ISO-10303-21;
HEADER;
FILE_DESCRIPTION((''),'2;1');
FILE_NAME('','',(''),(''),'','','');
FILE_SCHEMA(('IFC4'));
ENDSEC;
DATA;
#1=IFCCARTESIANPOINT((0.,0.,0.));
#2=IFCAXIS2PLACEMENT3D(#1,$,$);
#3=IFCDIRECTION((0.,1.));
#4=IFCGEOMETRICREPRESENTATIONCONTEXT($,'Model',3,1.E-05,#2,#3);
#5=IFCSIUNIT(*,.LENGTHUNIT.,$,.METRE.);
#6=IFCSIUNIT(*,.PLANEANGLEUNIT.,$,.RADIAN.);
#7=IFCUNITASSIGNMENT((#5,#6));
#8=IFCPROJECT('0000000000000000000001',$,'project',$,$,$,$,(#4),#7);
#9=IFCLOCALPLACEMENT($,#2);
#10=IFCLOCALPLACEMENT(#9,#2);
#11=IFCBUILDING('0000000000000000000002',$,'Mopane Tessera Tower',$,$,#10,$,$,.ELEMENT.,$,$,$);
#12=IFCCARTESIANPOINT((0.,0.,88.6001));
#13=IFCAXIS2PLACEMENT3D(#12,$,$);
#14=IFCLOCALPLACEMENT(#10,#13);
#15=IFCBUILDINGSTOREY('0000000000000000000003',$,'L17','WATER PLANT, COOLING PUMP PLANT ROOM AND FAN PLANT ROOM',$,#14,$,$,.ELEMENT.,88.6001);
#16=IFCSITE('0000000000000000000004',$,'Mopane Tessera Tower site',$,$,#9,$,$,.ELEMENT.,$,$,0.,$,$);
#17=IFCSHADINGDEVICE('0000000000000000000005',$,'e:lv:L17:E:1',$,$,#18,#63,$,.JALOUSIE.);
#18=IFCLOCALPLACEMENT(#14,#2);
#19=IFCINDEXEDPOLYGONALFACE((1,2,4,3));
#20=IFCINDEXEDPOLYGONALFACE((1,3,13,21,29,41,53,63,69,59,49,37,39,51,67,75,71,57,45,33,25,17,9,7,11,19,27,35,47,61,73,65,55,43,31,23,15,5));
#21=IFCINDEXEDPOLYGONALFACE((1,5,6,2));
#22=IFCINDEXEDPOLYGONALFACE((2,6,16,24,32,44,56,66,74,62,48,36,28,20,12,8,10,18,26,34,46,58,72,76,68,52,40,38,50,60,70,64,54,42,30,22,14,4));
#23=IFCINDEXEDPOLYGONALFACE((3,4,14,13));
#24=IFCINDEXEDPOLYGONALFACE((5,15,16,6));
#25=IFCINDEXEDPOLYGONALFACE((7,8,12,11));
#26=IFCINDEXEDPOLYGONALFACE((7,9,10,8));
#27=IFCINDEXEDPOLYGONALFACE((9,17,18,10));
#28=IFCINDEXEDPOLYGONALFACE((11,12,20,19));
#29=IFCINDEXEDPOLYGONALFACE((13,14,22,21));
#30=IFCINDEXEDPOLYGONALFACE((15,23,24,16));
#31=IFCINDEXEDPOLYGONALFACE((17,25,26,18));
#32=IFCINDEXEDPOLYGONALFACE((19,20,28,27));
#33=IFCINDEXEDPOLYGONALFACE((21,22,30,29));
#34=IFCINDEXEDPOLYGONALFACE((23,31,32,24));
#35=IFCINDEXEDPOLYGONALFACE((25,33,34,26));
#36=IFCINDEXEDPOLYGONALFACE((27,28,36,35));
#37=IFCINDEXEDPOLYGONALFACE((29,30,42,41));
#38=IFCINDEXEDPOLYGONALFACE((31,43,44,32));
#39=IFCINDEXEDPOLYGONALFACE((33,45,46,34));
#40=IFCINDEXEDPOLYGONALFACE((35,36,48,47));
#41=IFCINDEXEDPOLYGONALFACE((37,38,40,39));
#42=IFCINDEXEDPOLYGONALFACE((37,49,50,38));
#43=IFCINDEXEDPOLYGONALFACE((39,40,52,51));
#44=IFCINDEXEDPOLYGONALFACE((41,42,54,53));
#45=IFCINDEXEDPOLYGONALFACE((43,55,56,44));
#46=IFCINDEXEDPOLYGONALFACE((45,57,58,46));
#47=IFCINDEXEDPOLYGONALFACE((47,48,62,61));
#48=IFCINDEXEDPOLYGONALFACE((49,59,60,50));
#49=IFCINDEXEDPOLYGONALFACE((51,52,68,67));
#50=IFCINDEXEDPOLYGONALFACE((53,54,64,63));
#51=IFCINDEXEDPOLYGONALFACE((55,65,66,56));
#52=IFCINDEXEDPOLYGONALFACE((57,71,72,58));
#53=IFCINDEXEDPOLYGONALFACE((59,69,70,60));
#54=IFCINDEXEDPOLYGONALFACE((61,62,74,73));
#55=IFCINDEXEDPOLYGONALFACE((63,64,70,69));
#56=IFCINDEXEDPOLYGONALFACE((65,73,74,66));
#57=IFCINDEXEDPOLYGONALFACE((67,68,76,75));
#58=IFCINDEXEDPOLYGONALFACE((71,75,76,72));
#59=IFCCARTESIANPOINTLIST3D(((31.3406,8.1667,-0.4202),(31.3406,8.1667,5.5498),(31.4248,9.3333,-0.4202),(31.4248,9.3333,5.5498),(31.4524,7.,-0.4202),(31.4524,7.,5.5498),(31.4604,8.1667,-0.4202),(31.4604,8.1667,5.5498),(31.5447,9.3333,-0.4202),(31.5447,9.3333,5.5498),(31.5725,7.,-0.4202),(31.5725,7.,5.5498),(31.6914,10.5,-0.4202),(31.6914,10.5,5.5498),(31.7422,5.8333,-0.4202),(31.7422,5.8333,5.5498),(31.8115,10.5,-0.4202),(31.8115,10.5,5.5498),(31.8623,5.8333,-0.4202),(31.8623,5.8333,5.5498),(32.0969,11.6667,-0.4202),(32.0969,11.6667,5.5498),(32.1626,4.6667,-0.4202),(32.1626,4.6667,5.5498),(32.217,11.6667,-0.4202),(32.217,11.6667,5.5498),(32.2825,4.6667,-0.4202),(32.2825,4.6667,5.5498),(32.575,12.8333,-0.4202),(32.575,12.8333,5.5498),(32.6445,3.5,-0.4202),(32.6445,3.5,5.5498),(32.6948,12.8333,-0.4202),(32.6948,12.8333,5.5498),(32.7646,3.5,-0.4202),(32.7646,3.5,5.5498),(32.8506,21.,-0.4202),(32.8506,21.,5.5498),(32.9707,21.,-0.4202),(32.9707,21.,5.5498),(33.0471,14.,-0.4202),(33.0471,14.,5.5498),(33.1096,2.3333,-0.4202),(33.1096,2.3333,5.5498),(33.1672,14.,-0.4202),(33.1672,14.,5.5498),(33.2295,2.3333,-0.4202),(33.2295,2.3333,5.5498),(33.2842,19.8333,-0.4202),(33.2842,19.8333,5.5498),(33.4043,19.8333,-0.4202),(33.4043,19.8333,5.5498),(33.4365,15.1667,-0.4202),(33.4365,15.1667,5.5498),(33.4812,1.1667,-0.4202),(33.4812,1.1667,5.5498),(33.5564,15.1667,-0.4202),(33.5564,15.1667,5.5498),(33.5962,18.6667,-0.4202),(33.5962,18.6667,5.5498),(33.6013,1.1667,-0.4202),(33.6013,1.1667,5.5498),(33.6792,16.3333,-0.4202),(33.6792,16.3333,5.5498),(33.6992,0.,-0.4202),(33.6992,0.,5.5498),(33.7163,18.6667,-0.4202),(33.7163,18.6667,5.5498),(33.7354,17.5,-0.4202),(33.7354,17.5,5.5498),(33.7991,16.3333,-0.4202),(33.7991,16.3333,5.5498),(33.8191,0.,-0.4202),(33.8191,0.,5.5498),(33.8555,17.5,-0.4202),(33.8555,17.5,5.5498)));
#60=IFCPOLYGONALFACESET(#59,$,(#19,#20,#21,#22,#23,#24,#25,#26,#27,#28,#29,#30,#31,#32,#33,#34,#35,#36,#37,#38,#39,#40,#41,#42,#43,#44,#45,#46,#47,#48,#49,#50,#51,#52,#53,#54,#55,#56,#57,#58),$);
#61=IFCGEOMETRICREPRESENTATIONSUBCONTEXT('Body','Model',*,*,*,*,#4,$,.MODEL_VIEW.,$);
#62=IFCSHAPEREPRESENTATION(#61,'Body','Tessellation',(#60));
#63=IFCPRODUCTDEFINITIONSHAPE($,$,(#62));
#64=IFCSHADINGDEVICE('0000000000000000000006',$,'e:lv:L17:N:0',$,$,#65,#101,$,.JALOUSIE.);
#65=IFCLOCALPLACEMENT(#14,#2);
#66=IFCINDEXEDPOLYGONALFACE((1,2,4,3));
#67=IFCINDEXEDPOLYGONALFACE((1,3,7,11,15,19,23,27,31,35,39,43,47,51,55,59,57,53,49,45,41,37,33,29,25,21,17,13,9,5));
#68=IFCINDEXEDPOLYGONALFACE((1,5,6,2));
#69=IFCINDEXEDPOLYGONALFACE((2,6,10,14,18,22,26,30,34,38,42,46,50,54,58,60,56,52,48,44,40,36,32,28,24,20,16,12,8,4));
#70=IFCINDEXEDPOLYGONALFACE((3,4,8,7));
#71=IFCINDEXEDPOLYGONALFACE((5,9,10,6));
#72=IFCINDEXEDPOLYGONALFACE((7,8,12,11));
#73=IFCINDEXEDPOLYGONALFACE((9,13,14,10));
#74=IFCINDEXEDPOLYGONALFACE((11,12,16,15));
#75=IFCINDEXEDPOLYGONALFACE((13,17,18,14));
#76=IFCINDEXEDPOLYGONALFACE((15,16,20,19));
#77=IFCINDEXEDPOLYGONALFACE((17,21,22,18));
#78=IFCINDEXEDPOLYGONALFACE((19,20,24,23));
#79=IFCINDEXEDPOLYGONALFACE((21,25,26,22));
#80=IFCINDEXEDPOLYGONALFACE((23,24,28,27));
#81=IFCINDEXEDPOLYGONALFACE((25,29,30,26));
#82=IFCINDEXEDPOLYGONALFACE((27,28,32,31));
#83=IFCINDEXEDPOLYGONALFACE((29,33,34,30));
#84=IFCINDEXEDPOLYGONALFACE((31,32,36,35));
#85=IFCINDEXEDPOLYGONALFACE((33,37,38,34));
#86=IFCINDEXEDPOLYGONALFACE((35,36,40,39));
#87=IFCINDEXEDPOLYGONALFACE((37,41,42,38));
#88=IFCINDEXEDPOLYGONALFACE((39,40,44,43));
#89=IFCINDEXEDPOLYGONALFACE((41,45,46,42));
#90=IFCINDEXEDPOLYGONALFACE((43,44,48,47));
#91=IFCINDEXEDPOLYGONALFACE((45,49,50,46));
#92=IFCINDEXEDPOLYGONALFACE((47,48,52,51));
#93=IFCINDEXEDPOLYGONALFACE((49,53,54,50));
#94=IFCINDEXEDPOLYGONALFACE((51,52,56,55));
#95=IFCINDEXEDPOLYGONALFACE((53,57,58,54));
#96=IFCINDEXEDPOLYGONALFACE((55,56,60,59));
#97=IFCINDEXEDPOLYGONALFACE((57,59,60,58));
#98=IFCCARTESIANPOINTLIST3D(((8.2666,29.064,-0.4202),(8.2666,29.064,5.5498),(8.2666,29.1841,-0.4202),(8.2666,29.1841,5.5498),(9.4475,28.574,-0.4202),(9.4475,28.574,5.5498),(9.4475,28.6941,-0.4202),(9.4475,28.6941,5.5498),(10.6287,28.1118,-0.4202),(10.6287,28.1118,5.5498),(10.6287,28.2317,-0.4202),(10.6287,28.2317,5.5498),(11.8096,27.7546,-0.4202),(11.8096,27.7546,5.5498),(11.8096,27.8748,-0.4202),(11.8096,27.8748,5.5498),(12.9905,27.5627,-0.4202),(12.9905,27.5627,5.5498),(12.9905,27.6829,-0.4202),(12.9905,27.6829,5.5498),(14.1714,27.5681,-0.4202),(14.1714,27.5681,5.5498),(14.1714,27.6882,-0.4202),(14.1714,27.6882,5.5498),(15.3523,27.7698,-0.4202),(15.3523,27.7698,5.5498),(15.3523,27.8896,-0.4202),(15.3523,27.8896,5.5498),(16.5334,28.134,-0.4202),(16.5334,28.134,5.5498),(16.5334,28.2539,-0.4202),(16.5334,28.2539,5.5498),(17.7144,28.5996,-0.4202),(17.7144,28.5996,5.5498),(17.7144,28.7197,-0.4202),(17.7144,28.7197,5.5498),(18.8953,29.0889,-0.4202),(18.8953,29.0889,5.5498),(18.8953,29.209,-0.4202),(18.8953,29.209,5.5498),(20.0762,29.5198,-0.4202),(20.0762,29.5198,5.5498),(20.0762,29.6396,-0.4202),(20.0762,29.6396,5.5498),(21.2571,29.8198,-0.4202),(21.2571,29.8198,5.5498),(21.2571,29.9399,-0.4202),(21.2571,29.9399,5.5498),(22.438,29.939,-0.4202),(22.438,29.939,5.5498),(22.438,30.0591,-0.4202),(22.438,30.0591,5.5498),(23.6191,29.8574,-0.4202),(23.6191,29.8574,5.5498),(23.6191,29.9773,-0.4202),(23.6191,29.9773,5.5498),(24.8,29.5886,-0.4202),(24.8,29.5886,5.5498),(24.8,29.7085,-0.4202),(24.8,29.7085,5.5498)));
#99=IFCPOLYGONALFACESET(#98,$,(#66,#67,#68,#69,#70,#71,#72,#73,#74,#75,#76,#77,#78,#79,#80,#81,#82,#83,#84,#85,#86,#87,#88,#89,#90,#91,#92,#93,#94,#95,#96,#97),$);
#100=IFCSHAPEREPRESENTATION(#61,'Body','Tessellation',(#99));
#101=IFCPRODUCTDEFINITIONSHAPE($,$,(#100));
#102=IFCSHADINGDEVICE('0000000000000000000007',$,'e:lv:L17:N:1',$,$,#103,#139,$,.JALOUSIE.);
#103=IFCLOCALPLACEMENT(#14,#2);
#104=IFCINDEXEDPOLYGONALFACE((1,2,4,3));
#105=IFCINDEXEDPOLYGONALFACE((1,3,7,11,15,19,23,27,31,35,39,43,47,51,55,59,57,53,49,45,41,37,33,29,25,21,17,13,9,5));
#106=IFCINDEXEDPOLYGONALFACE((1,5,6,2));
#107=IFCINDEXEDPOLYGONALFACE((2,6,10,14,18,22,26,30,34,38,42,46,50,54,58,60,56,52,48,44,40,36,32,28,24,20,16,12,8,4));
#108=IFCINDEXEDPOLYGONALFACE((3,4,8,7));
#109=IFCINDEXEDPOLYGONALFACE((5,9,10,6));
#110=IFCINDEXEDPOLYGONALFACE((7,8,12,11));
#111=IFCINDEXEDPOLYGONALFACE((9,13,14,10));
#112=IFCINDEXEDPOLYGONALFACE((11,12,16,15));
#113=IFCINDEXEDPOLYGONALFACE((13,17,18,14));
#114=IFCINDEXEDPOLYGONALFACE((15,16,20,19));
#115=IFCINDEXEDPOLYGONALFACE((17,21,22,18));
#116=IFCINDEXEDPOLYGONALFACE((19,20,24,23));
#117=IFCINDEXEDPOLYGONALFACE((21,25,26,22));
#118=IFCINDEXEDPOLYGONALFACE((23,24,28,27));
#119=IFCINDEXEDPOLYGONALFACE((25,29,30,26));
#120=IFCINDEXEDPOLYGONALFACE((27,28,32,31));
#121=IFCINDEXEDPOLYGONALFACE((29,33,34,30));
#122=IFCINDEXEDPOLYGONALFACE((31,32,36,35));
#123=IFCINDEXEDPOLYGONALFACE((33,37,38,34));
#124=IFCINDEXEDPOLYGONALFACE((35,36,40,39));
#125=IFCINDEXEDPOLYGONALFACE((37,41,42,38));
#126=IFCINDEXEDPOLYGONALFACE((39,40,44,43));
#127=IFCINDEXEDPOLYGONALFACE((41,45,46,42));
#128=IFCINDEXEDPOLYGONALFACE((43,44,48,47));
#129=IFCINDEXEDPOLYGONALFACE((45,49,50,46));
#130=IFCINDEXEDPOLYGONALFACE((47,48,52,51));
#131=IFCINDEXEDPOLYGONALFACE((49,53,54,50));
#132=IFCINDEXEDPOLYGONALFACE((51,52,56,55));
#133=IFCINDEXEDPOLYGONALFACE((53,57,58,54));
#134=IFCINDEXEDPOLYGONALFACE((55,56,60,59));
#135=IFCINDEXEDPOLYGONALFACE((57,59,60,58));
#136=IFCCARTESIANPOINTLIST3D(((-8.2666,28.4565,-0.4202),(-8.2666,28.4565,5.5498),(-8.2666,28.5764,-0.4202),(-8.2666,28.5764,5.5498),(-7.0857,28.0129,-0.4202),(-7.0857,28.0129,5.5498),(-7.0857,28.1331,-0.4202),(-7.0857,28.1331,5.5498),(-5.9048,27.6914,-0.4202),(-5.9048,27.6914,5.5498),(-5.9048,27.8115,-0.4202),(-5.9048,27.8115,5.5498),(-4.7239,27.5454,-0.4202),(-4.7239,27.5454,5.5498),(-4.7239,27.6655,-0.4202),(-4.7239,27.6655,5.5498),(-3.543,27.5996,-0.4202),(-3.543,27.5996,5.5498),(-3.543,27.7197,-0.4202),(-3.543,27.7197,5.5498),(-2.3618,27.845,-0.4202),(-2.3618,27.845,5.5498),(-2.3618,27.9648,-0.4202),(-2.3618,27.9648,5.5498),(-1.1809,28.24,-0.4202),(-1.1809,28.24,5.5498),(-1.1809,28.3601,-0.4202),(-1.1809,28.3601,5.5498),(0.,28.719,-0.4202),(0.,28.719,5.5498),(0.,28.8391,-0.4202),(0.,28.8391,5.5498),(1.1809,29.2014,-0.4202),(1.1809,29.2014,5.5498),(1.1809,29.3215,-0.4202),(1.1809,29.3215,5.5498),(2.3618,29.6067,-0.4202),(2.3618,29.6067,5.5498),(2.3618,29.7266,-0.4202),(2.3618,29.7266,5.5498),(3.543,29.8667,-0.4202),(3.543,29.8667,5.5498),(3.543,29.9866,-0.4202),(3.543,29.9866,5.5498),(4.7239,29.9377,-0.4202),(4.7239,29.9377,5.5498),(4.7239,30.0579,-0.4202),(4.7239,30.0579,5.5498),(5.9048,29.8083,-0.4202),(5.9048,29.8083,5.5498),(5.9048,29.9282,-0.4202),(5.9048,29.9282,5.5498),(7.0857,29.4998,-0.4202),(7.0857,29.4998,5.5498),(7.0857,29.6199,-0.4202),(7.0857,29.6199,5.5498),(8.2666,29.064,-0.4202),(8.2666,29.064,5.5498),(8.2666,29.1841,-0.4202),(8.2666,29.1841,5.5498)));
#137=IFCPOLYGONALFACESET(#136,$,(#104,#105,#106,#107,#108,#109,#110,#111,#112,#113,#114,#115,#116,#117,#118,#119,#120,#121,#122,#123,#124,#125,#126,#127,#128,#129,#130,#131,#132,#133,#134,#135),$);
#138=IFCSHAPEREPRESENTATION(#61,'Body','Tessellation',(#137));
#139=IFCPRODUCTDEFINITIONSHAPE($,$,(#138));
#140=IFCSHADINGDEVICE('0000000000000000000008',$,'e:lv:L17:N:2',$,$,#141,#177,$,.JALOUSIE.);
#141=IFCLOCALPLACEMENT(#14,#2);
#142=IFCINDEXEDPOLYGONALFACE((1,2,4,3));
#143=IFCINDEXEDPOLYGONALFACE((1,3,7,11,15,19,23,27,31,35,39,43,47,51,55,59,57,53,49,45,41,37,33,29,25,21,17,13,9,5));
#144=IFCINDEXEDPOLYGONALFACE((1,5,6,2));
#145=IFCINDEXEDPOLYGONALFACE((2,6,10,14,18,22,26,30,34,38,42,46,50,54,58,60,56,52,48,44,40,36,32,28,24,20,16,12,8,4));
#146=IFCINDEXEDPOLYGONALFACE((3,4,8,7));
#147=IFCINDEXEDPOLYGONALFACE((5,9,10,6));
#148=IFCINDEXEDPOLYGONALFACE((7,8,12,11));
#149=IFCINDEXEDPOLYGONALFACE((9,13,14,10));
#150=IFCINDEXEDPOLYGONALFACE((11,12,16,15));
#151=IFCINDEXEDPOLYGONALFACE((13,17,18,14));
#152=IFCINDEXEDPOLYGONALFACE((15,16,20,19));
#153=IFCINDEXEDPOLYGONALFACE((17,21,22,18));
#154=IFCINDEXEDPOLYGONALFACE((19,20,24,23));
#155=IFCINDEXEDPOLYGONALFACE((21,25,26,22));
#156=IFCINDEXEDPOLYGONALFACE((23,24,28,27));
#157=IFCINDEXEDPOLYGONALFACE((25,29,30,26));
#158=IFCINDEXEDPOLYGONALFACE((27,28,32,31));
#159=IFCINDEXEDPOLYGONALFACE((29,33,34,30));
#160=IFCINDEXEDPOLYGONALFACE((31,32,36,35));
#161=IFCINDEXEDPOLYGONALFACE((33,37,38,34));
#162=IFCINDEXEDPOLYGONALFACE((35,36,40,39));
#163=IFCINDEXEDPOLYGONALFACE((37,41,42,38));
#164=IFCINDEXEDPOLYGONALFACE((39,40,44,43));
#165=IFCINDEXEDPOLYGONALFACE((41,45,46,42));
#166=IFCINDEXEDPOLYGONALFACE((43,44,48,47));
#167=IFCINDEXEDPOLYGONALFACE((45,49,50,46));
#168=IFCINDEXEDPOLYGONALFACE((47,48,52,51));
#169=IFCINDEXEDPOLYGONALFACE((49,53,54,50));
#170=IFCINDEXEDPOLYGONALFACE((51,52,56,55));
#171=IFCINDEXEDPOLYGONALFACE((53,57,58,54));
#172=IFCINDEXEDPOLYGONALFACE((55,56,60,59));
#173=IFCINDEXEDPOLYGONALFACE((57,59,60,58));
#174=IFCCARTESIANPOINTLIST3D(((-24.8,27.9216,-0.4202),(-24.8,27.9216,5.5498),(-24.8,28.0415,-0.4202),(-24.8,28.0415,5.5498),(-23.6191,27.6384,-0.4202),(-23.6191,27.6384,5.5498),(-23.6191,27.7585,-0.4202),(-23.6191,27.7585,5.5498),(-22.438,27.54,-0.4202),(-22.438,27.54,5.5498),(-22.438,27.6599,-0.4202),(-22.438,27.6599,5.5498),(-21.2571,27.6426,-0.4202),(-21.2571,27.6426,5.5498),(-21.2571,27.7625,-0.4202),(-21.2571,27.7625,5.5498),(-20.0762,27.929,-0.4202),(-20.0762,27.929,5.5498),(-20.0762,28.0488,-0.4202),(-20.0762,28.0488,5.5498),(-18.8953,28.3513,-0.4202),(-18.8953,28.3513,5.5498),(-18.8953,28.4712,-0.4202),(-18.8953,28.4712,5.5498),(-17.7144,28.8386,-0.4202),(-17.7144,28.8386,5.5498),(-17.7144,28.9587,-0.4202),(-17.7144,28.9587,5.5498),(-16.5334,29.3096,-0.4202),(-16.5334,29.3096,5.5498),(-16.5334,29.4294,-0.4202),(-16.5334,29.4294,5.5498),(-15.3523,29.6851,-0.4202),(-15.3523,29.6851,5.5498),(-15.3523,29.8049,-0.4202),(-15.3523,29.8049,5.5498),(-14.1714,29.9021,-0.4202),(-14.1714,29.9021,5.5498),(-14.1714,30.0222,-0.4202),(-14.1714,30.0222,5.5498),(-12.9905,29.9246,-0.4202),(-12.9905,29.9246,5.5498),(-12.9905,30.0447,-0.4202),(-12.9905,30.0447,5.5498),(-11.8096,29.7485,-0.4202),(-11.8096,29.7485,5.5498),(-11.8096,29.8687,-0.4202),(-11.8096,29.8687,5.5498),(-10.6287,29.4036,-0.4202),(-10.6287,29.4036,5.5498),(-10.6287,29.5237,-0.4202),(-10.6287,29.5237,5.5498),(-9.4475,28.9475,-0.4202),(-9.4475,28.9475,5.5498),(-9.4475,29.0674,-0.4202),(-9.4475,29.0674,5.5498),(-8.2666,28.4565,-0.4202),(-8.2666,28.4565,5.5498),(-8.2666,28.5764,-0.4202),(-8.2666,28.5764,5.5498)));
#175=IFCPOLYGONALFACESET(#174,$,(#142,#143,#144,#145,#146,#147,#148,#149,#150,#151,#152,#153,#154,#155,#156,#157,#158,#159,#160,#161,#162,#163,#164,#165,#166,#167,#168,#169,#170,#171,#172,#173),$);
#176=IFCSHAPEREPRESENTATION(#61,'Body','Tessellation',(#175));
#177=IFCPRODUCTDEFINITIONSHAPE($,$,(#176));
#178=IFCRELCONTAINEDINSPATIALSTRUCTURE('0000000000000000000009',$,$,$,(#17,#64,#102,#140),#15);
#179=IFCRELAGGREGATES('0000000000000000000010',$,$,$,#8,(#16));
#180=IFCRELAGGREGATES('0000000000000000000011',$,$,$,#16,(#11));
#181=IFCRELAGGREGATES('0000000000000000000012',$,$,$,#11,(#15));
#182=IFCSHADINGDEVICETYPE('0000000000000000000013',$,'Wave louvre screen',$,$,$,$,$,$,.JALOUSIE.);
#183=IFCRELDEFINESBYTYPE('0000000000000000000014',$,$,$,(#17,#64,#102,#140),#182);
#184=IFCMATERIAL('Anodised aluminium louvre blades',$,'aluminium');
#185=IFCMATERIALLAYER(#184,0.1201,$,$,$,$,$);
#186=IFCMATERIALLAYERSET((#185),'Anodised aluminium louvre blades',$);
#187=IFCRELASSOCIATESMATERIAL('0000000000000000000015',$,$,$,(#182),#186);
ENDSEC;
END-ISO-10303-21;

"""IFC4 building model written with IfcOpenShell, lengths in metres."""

from ifc_helpers import new_model, si_unit, direction, frame, origin, place, context, subcontext, project, spatial, polyline, outline, extrude, material, layer, layer_set, type_object, element, save


model = new_model("IFC4")

# Units and contexts
model_context = context("Model", 3, precision=1e-05, world=origin(), true_north=direction((0.0, 1.0)))
body_context = subcontext(model_context, "Body", "Model", "MODEL_VIEW")
ifc_project = project(units=[si_unit("LENGTHUNIT", "METRE"), si_unit("PLANEANGLEUNIT", "RADIAN")], contexts=[model_context])

# Site, building, storey
site_placement = place(None, origin())
site = spatial("IfcSite", under=ifc_project, at=site_placement, Name="Mopane Tessera Tower site", CompositionType="ELEMENT", RefElevation=0.0)
building_placement = place(site_placement, origin())
building = spatial("IfcBuilding", under=site, at=building_placement, Name="Mopane Tessera Tower", CompositionType="ELEMENT")
storey_placement = place(building_placement, frame((0.0, 0.0, 88.6001)))
storey = spatial("IfcBuildingStorey", under=building, at=storey_placement, Name="L17", Description="WATER PLANT, COOLING PUMP PLANT ROOM AND FAN PLANT ROOM", CompositionType="ELEMENT", Elevation=88.6001)

# Shading devices
ifc_material_1 = material(Name="Anodised aluminium louvre blades", Category="aluminium")
ifc_layer_1 = layer(ifc_material_1, 0.1201)
ifc_layer_set_1 = layer_set([ifc_layer_1], Name="Anodised aluminium louvre blades")
shading_device_type = type_object("IfcShadingDeviceType", Name="Wave louvre screen", PredefinedType="JALOUSIE", material=ifc_layer_set_1)
shading_device_1_placement = place(storey_placement, frame((0.0, 0.0, -0.4202)))
element("IfcShadingDevice", 1, at=shading_device_1_placement, inside=storey, type_object=shading_device_type, Name="e:lv:L17:E:1", PredefinedType="JALOUSIE", context=body_context, shape_type="SweptSolid", body=[
    extrude(outline(polyline([(33.6992, 0.0), (33.4812, 1.1667), (33.1096, 2.3333), (32.6445, 3.5), (32.1626, 4.6667), (31.7422, 5.8333), (31.4524, 7.0), (31.3406, 8.1667), (31.4248, 9.3333), (31.6914, 10.5), (32.0969, 11.6667), (32.575, 12.8333), (33.0471, 14.0), (33.4365, 15.1667), (33.6792, 16.3333), (33.7354, 17.5), (33.5962, 18.6667), (33.2842, 19.8333), (32.8506, 21.0), (32.9707, 21.0), (33.4043, 19.8333), (33.7163, 18.6667), (33.8555, 17.5), (33.7991, 16.3333), (33.5564, 15.1667), (33.1672, 14.0), (32.6948, 12.8333), (32.217, 11.6667), (31.8115, 10.5), (31.5447, 9.3333), (31.4604, 8.1667), (31.5725, 7.0), (31.8623, 5.8333), (32.2825, 4.6667), (32.7646, 3.5), (33.2295, 2.3333), (33.6013, 1.1667), (33.8191, 0.0), (33.6992, 0.0)])), origin(), (0.0, 0.0, 1.0), 5.97),
])
shading_device_2_placement = place(storey_placement, frame((0.0, 0.0, -0.4202)))
element("IfcShadingDevice", 2, at=shading_device_2_placement, inside=storey, type_object=shading_device_type, Name="e:lv:L17:N:0", PredefinedType="JALOUSIE", context=body_context, shape_type="SweptSolid", body=[
    extrude(outline(polyline([(24.8, 29.5886), (23.6191, 29.8574), (22.438, 29.939), (21.2571, 29.8198), (20.0762, 29.5198), (18.8953, 29.0889), (17.7144, 28.5996), (16.5334, 28.134), (15.3523, 27.7698), (14.1714, 27.5681), (12.9905, 27.5627), (11.8096, 27.7546), (10.6287, 28.1118), (9.4475, 28.574), (8.2666, 29.064), (8.2666, 29.1841), (9.4475, 28.6941), (10.6287, 28.2317), (11.8096, 27.8748), (12.9905, 27.6829), (14.1714, 27.6882), (15.3523, 27.8896), (16.5334, 28.2539), (17.7144, 28.7197), (18.8953, 29.209), (20.0762, 29.6396), (21.2571, 29.9399), (22.438, 30.0591), (23.6191, 29.9773), (24.8, 29.7085), (24.8, 29.5886)])), origin(), (0.0, 0.0, 1.0), 5.97),
])
shading_device_3_placement = place(storey_placement, frame((0.0, 0.0, -0.4202)))
element("IfcShadingDevice", 3, at=shading_device_3_placement, inside=storey, type_object=shading_device_type, Name="e:lv:L17:N:1", PredefinedType="JALOUSIE", context=body_context, shape_type="SweptSolid", body=[
    extrude(outline(polyline([(8.2666, 29.064), (7.0857, 29.4998), (5.9048, 29.8083), (4.7239, 29.9377), (3.543, 29.8667), (2.3618, 29.6067), (1.1809, 29.2014), (0.0, 28.719), (-1.1809, 28.24), (-2.3618, 27.845), (-3.543, 27.5996), (-4.7239, 27.5454), (-5.9048, 27.6914), (-7.0857, 28.0129), (-8.2666, 28.4565), (-8.2666, 28.5764), (-7.0857, 28.1331), (-5.9048, 27.8115), (-4.7239, 27.6655), (-3.543, 27.7197), (-2.3618, 27.9648), (-1.1809, 28.3601), (0.0, 28.8391), (1.1809, 29.3215), (2.3618, 29.7266), (3.543, 29.9866), (4.7239, 30.0579), (5.9048, 29.9282), (7.0857, 29.6199), (8.2666, 29.1841), (8.2666, 29.064)])), origin(), (0.0, 0.0, 1.0), 5.97),
])
shading_device_4_placement = place(storey_placement, frame((0.0, 0.0, -0.4202)))
element("IfcShadingDevice", 4, at=shading_device_4_placement, inside=storey, type_object=shading_device_type, Name="e:lv:L17:N:2", PredefinedType="JALOUSIE", context=body_context, shape_type="SweptSolid", body=[
    extrude(outline(polyline([(-8.2666, 28.4565), (-9.4475, 28.9475), (-10.6287, 29.4036), (-11.8096, 29.7485), (-12.9905, 29.9246), (-14.1714, 29.9021), (-15.3523, 29.6851), (-16.5334, 29.3096), (-17.7144, 28.8386), (-18.8953, 28.3513), (-20.0762, 27.929), (-21.2571, 27.6426), (-22.438, 27.54), (-23.6191, 27.6384), (-24.8, 27.9216), (-24.8, 28.0415), (-23.6191, 27.7585), (-22.438, 27.6599), (-21.2571, 27.7625), (-20.0762, 28.0488), (-18.8953, 28.4712), (-17.7144, 28.9587), (-16.5334, 29.4294), (-15.3523, 29.8049), (-14.1714, 30.0222), (-12.9905, 30.0447), (-11.8096, 29.8687), (-10.6287, 29.5237), (-9.4475, 29.0674), (-8.2666, 28.5764), (-8.2666, 28.4565)])), origin(), (0.0, 0.0, 1.0), 5.97),
])

save(model, "model.ifc")
